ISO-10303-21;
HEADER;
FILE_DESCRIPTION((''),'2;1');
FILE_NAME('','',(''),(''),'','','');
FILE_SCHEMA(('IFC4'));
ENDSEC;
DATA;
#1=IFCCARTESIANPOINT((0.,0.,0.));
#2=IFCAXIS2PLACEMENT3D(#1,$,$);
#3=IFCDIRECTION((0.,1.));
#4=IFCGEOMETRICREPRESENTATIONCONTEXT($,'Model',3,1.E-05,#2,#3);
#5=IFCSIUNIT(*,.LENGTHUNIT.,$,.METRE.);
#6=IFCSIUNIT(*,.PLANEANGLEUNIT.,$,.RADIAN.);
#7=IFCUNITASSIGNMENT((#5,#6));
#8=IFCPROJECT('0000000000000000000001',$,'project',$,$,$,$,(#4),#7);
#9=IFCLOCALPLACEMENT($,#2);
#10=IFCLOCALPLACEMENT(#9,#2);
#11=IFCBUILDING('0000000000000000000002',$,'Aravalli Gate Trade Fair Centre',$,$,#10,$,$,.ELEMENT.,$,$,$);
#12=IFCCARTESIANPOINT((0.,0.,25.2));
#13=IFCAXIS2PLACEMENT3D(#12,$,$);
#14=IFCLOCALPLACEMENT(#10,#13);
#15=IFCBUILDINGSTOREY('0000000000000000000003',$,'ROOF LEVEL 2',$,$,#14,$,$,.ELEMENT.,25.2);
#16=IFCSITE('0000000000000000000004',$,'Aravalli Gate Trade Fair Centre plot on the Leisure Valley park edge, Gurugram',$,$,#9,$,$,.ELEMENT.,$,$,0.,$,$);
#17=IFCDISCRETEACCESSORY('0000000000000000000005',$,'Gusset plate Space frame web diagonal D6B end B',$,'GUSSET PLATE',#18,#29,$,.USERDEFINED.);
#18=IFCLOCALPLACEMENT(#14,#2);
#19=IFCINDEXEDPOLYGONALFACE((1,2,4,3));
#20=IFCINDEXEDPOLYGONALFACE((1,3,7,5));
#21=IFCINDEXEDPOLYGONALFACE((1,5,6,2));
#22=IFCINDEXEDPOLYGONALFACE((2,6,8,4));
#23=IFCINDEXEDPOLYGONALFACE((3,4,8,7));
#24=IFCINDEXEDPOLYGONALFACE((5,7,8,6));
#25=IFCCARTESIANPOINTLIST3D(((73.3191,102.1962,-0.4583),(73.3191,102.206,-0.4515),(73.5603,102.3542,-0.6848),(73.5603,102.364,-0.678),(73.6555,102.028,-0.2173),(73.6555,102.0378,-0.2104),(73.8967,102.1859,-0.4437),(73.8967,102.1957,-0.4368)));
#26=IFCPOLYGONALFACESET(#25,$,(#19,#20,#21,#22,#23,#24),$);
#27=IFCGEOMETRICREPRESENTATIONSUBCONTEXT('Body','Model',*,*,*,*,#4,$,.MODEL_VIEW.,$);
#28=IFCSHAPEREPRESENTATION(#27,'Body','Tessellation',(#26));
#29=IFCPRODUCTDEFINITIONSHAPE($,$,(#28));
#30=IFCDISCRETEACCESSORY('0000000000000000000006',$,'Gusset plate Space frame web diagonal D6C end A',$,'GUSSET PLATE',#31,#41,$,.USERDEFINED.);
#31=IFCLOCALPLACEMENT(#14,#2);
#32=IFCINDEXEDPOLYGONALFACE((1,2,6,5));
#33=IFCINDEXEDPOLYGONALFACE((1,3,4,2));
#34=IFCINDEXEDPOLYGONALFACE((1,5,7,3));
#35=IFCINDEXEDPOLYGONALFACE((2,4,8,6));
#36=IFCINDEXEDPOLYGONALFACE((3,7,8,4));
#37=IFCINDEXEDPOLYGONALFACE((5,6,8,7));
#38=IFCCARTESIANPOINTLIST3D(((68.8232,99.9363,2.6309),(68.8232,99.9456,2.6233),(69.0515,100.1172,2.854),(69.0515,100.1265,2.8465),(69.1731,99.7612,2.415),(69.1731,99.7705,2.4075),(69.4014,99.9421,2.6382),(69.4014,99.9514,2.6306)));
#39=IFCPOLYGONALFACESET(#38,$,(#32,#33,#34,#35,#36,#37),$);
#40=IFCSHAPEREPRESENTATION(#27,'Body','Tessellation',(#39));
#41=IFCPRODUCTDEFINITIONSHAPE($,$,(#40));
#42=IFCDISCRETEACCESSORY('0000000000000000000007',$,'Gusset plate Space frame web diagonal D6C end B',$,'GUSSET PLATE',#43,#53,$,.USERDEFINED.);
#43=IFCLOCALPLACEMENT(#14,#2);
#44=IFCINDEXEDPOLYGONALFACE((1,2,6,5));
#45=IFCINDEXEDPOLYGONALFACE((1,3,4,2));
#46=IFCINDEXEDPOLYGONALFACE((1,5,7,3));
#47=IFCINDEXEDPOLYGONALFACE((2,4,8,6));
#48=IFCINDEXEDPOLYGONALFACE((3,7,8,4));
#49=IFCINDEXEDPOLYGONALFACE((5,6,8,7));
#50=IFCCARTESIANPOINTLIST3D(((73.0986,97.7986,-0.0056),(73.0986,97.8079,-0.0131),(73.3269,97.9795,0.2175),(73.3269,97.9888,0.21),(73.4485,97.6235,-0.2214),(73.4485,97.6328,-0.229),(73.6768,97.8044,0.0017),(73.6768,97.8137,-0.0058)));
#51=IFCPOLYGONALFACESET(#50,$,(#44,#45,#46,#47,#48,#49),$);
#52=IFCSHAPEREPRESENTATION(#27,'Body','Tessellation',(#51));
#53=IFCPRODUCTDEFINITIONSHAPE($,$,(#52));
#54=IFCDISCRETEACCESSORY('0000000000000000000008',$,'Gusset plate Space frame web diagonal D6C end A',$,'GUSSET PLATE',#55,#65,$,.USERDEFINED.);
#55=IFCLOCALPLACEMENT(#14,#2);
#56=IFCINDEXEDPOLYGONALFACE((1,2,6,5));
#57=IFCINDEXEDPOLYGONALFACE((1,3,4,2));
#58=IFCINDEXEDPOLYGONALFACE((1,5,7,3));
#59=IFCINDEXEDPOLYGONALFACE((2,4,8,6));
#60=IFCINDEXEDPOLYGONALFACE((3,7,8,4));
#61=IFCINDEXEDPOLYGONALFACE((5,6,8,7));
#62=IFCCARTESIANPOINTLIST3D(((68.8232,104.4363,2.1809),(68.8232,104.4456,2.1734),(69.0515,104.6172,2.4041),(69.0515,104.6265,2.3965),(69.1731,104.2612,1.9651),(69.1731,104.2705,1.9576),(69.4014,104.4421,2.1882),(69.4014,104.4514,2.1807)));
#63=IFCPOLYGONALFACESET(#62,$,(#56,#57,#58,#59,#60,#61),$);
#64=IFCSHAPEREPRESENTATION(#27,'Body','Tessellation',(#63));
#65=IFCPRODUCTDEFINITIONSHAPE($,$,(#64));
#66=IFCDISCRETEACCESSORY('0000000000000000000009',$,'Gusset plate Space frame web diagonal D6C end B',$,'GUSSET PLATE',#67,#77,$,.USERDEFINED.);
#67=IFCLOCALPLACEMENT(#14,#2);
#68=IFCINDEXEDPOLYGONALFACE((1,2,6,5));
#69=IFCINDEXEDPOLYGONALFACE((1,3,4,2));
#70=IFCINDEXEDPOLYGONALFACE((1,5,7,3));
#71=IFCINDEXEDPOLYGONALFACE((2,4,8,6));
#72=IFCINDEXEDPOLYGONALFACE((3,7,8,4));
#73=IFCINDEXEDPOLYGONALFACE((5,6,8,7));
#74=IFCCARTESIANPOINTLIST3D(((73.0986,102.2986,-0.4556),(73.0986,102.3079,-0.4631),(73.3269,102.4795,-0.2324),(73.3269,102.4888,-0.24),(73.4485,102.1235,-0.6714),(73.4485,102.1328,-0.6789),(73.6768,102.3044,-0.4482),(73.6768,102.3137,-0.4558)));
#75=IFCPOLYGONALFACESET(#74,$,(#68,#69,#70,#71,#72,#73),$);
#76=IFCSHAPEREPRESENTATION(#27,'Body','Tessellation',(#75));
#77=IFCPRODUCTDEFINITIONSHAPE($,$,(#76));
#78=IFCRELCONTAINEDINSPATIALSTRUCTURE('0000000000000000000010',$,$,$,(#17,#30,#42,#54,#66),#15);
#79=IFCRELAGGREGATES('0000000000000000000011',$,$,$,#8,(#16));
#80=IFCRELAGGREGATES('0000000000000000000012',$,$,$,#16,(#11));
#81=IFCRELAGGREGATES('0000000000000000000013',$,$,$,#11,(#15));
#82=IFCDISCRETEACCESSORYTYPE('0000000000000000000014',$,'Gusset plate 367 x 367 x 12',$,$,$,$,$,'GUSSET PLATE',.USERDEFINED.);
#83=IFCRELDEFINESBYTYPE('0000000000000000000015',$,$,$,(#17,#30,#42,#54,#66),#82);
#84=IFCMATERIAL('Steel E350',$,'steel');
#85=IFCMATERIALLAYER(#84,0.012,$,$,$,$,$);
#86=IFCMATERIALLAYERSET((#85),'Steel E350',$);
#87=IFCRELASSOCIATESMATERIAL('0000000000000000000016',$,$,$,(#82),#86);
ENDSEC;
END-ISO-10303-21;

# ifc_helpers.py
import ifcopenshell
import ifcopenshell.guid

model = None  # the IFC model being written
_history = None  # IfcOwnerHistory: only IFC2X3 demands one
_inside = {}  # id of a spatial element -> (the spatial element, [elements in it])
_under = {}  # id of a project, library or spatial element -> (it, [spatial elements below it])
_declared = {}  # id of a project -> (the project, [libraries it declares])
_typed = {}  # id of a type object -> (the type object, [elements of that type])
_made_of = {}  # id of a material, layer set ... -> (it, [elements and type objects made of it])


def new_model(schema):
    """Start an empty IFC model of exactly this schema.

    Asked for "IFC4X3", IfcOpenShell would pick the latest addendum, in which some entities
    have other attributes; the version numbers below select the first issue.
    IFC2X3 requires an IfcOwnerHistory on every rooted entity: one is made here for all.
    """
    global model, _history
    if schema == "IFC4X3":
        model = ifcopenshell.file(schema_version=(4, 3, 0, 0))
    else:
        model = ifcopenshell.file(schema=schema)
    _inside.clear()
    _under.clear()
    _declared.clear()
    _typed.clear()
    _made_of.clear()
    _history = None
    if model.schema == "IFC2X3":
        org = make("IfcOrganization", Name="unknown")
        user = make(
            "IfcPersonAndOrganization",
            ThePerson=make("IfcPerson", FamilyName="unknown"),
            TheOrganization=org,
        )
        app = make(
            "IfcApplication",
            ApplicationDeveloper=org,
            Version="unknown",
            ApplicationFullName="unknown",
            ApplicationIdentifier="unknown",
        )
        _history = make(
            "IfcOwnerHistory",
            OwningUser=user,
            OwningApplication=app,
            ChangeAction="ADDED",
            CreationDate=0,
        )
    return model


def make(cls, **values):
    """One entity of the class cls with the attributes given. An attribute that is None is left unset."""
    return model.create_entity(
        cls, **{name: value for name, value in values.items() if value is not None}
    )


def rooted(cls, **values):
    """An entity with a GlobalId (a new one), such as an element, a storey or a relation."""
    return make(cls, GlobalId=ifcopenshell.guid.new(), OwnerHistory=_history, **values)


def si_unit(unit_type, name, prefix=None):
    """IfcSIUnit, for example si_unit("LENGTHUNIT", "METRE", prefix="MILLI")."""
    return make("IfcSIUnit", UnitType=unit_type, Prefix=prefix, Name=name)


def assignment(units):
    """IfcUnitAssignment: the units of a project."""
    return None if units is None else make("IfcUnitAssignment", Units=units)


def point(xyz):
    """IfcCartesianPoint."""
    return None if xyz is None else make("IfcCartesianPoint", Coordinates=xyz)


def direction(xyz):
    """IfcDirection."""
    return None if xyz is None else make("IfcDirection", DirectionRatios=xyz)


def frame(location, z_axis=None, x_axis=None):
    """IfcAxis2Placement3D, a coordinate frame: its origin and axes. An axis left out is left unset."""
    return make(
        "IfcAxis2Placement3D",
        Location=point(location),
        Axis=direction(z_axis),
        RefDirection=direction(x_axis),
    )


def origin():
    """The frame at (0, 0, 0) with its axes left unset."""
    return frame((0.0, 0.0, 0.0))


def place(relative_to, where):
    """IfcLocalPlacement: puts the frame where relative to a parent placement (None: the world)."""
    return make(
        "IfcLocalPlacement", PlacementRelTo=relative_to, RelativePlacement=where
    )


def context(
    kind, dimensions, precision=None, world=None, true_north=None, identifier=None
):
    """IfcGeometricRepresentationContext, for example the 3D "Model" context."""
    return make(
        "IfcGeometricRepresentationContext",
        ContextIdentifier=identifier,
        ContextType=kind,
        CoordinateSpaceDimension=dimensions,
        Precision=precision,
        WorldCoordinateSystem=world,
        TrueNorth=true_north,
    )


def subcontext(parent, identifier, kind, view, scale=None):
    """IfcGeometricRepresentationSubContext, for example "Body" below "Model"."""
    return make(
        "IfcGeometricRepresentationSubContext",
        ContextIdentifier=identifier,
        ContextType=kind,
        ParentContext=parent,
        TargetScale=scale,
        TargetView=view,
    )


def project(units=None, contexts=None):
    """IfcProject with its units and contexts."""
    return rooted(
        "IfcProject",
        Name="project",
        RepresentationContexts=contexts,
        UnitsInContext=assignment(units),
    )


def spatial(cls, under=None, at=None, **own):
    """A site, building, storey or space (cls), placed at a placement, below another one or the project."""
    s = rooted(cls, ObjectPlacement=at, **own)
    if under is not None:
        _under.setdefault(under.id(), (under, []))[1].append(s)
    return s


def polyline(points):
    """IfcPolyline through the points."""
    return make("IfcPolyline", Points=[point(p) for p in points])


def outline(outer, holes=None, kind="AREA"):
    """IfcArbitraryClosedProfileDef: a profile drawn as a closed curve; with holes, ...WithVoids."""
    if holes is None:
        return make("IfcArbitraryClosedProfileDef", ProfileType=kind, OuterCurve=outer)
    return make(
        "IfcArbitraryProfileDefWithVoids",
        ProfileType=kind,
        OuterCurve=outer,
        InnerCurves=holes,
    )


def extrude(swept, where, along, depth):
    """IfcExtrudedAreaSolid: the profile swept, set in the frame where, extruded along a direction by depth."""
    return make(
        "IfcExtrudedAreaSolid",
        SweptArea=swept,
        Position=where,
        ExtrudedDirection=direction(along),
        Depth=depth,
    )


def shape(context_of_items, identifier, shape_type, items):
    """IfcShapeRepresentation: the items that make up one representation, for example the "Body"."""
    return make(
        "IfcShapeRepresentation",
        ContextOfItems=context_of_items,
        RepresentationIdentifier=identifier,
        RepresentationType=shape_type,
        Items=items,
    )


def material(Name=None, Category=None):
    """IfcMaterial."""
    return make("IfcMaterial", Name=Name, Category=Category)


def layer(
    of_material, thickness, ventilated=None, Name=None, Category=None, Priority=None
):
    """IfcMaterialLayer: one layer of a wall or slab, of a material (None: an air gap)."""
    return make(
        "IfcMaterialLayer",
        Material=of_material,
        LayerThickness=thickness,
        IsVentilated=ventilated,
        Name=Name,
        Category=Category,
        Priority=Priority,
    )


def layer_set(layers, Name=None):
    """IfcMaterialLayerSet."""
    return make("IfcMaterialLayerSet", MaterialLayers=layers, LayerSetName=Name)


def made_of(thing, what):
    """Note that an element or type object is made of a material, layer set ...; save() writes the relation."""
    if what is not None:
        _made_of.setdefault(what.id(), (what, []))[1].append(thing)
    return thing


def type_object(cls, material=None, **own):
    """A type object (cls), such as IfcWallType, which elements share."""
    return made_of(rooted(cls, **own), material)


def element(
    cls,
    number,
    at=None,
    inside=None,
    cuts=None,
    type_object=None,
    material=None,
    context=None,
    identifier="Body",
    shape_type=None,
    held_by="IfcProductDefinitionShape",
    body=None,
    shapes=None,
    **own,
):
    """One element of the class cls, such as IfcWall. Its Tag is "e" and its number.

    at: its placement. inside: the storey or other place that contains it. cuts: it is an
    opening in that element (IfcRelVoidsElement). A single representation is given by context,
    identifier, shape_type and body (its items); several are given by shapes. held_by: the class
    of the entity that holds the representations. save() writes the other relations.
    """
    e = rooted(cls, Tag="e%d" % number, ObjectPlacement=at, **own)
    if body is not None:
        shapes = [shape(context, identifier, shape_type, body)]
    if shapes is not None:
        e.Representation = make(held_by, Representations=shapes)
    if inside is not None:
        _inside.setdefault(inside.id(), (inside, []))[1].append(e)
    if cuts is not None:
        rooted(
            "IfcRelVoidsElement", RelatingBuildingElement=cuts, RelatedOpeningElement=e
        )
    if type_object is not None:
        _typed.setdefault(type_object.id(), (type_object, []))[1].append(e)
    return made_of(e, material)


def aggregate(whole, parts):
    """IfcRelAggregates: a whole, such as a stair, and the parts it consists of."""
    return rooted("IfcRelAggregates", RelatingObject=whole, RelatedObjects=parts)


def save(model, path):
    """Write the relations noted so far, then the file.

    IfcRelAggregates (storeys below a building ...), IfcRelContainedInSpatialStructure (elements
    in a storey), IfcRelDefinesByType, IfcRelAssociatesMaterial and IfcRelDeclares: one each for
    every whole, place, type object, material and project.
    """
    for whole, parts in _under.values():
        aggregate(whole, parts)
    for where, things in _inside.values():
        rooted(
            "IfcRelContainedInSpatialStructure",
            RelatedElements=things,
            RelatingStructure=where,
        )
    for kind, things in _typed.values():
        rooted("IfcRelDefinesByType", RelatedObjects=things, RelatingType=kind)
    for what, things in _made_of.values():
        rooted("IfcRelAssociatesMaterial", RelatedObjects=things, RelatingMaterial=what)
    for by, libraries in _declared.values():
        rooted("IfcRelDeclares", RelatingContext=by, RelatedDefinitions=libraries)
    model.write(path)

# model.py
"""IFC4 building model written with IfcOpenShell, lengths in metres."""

from ifc_helpers import new_model, si_unit, direction, frame, origin, place, context, subcontext, project, spatial, polyline, outline, extrude, material, layer, layer_set, type_object, element, save


model = new_model("IFC4")

# Units and contexts
model_context = context("Model", 3, precision=1e-05, world=origin(), true_north=direction((0.0, 1.0)))
body_context = subcontext(model_context, "Body", "Model", "MODEL_VIEW")
ifc_project = project(units=[si_unit("LENGTHUNIT", "METRE"), si_unit("PLANEANGLEUNIT", "RADIAN")], contexts=[model_context])

# Site, building, storey
site_placement = place(None, origin())
site = spatial("IfcSite", under=ifc_project, at=site_placement, Name="Aravalli Gate Trade Fair Centre plot on the Leisure Valley park edge, Gurugram", CompositionType="ELEMENT", RefElevation=0.0)
building_placement = place(site_placement, origin())
building = spatial("IfcBuilding", under=site, at=building_placement, Name="Aravalli Gate Trade Fair Centre", CompositionType="ELEMENT")
storey_placement = place(building_placement, frame((0.0, 0.0, 25.2)))
storey = spatial("IfcBuildingStorey", under=building, at=storey_placement, Name="ROOF LEVEL 2", CompositionType="ELEMENT", Elevation=25.2)

# Shared definitions
ifc_material_1 = material(Name="Steel E350", Category="steel")

# Discrete accessories
ifc_layer_1 = layer(ifc_material_1, 0.012)
ifc_layer_set_1 = layer_set([ifc_layer_1], Name="Steel E350")
discrete_accessory_type = type_object("IfcDiscreteAccessoryType", Name="Gusset plate 367 x 367 x 12", ElementType="GUSSET PLATE", PredefinedType="USERDEFINED", material=ifc_layer_set_1)
discrete_accessory_1_placement = place(storey_placement, frame((73.6555, 102.0378, -0.2104), z_axis=(0.000049, 0.820141, 0.572161), x_axis=(-0.753132, 0.376438, -0.539524)))
element("IfcDiscreteAccessory", 1, at=discrete_accessory_1_placement, inside=storey, type_object=discrete_accessory_type, Name="Gusset plate Space frame web diagonal D6B end B", ObjectType="GUSSET PLATE", PredefinedType="USERDEFINED", context=body_context, shape_type="SweptSolid", body=[
    extrude(outline(polyline([(0.0, 0.0), (0.4467, 0.0), (0.4467, -0.3667), (-0.0001, -0.3665), (0.0, 0.0)])), origin(), (0.0, 0.0, -1.0), 0.012),
])
discrete_accessory_2_placement = place(storey_placement, frame((69.1731, 99.7612, 2.415), z_axis=(-0.000107, -0.776736, 0.629826), x_axis=(-0.783044, 0.391795, 0.48305)))
element("IfcDiscreteAccessory", 2, at=discrete_accessory_2_placement, inside=storey, type_object=discrete_accessory_type, Name="Gusset plate Space frame web diagonal D6C end A", ObjectType="GUSSET PLATE", PredefinedType="USERDEFINED", context=body_context, shape_type="SweptSolid", body=[
    extrude(outline(polyline([(0.0, 0.0), (0.4468, 0.0), (0.4467, -0.3669), (-0.0001, -0.3669), (0.0, 0.0)])), origin(), (0.0, 0.0, -1.0), 0.012),
])
discrete_accessory_3_placement = place(storey_placement, frame((73.0986, 97.7986, -0.0056), z_axis=(-0.000107, -0.776736, 0.629826), x_axis=(0.783044, -0.391795, -0.48305)))
element("IfcDiscreteAccessory", 3, at=discrete_accessory_3_placement, inside=storey, type_object=discrete_accessory_type, Name="Gusset plate Space frame web diagonal D6C end B", ObjectType="GUSSET PLATE", PredefinedType="USERDEFINED", context=body_context, shape_type="SweptSolid", body=[
    extrude(outline(polyline([(0.0, 0.0), (0.4468, 0.0), (0.4469, 0.3669), (0.0001, 0.3669), (0.0, 0.0)])), origin(), (0.0, 0.0, -1.0), 0.012),
])
discrete_accessory_4_placement = place(storey_placement, frame((69.1731, 104.2612, 1.9651), z_axis=(-0.000107, -0.776736, 0.629826), x_axis=(-0.783044, 0.391795, 0.48305)))
element("IfcDiscreteAccessory", 4, at=discrete_accessory_4_placement, inside=storey, type_object=discrete_accessory_type, Name="Gusset plate Space frame web diagonal D6C end A", ObjectType="GUSSET PLATE", PredefinedType="USERDEFINED", context=body_context, shape_type="SweptSolid", body=[
    extrude(outline(polyline([(0.0, 0.0), (0.4468, 0.0), (0.4467, -0.3669), (-0.0001, -0.3669), (0.0, 0.0)])), origin(), (0.0, 0.0, -1.0), 0.012),
])
discrete_accessory_5_placement = place(storey_placement, frame((73.0986, 102.2986, -0.4556), z_axis=(-0.000107, -0.776736, 0.629826), x_axis=(0.783044, -0.391795, -0.48305)))
element("IfcDiscreteAccessory", 5, at=discrete_accessory_5_placement, inside=storey, type_object=discrete_accessory_type, Name="Gusset plate Space frame web diagonal D6C end B", ObjectType="GUSSET PLATE", PredefinedType="USERDEFINED", context=body_context, shape_type="SweptSolid", body=[
    extrude(outline(polyline([(0.0, 0.0), (0.4468, 0.0), (0.4469, 0.3669), (0.0001, 0.3669), (0.0, 0.0)])), origin(), (0.0, 0.0, -1.0), 0.012),
])

save(model, "model.ifc")
